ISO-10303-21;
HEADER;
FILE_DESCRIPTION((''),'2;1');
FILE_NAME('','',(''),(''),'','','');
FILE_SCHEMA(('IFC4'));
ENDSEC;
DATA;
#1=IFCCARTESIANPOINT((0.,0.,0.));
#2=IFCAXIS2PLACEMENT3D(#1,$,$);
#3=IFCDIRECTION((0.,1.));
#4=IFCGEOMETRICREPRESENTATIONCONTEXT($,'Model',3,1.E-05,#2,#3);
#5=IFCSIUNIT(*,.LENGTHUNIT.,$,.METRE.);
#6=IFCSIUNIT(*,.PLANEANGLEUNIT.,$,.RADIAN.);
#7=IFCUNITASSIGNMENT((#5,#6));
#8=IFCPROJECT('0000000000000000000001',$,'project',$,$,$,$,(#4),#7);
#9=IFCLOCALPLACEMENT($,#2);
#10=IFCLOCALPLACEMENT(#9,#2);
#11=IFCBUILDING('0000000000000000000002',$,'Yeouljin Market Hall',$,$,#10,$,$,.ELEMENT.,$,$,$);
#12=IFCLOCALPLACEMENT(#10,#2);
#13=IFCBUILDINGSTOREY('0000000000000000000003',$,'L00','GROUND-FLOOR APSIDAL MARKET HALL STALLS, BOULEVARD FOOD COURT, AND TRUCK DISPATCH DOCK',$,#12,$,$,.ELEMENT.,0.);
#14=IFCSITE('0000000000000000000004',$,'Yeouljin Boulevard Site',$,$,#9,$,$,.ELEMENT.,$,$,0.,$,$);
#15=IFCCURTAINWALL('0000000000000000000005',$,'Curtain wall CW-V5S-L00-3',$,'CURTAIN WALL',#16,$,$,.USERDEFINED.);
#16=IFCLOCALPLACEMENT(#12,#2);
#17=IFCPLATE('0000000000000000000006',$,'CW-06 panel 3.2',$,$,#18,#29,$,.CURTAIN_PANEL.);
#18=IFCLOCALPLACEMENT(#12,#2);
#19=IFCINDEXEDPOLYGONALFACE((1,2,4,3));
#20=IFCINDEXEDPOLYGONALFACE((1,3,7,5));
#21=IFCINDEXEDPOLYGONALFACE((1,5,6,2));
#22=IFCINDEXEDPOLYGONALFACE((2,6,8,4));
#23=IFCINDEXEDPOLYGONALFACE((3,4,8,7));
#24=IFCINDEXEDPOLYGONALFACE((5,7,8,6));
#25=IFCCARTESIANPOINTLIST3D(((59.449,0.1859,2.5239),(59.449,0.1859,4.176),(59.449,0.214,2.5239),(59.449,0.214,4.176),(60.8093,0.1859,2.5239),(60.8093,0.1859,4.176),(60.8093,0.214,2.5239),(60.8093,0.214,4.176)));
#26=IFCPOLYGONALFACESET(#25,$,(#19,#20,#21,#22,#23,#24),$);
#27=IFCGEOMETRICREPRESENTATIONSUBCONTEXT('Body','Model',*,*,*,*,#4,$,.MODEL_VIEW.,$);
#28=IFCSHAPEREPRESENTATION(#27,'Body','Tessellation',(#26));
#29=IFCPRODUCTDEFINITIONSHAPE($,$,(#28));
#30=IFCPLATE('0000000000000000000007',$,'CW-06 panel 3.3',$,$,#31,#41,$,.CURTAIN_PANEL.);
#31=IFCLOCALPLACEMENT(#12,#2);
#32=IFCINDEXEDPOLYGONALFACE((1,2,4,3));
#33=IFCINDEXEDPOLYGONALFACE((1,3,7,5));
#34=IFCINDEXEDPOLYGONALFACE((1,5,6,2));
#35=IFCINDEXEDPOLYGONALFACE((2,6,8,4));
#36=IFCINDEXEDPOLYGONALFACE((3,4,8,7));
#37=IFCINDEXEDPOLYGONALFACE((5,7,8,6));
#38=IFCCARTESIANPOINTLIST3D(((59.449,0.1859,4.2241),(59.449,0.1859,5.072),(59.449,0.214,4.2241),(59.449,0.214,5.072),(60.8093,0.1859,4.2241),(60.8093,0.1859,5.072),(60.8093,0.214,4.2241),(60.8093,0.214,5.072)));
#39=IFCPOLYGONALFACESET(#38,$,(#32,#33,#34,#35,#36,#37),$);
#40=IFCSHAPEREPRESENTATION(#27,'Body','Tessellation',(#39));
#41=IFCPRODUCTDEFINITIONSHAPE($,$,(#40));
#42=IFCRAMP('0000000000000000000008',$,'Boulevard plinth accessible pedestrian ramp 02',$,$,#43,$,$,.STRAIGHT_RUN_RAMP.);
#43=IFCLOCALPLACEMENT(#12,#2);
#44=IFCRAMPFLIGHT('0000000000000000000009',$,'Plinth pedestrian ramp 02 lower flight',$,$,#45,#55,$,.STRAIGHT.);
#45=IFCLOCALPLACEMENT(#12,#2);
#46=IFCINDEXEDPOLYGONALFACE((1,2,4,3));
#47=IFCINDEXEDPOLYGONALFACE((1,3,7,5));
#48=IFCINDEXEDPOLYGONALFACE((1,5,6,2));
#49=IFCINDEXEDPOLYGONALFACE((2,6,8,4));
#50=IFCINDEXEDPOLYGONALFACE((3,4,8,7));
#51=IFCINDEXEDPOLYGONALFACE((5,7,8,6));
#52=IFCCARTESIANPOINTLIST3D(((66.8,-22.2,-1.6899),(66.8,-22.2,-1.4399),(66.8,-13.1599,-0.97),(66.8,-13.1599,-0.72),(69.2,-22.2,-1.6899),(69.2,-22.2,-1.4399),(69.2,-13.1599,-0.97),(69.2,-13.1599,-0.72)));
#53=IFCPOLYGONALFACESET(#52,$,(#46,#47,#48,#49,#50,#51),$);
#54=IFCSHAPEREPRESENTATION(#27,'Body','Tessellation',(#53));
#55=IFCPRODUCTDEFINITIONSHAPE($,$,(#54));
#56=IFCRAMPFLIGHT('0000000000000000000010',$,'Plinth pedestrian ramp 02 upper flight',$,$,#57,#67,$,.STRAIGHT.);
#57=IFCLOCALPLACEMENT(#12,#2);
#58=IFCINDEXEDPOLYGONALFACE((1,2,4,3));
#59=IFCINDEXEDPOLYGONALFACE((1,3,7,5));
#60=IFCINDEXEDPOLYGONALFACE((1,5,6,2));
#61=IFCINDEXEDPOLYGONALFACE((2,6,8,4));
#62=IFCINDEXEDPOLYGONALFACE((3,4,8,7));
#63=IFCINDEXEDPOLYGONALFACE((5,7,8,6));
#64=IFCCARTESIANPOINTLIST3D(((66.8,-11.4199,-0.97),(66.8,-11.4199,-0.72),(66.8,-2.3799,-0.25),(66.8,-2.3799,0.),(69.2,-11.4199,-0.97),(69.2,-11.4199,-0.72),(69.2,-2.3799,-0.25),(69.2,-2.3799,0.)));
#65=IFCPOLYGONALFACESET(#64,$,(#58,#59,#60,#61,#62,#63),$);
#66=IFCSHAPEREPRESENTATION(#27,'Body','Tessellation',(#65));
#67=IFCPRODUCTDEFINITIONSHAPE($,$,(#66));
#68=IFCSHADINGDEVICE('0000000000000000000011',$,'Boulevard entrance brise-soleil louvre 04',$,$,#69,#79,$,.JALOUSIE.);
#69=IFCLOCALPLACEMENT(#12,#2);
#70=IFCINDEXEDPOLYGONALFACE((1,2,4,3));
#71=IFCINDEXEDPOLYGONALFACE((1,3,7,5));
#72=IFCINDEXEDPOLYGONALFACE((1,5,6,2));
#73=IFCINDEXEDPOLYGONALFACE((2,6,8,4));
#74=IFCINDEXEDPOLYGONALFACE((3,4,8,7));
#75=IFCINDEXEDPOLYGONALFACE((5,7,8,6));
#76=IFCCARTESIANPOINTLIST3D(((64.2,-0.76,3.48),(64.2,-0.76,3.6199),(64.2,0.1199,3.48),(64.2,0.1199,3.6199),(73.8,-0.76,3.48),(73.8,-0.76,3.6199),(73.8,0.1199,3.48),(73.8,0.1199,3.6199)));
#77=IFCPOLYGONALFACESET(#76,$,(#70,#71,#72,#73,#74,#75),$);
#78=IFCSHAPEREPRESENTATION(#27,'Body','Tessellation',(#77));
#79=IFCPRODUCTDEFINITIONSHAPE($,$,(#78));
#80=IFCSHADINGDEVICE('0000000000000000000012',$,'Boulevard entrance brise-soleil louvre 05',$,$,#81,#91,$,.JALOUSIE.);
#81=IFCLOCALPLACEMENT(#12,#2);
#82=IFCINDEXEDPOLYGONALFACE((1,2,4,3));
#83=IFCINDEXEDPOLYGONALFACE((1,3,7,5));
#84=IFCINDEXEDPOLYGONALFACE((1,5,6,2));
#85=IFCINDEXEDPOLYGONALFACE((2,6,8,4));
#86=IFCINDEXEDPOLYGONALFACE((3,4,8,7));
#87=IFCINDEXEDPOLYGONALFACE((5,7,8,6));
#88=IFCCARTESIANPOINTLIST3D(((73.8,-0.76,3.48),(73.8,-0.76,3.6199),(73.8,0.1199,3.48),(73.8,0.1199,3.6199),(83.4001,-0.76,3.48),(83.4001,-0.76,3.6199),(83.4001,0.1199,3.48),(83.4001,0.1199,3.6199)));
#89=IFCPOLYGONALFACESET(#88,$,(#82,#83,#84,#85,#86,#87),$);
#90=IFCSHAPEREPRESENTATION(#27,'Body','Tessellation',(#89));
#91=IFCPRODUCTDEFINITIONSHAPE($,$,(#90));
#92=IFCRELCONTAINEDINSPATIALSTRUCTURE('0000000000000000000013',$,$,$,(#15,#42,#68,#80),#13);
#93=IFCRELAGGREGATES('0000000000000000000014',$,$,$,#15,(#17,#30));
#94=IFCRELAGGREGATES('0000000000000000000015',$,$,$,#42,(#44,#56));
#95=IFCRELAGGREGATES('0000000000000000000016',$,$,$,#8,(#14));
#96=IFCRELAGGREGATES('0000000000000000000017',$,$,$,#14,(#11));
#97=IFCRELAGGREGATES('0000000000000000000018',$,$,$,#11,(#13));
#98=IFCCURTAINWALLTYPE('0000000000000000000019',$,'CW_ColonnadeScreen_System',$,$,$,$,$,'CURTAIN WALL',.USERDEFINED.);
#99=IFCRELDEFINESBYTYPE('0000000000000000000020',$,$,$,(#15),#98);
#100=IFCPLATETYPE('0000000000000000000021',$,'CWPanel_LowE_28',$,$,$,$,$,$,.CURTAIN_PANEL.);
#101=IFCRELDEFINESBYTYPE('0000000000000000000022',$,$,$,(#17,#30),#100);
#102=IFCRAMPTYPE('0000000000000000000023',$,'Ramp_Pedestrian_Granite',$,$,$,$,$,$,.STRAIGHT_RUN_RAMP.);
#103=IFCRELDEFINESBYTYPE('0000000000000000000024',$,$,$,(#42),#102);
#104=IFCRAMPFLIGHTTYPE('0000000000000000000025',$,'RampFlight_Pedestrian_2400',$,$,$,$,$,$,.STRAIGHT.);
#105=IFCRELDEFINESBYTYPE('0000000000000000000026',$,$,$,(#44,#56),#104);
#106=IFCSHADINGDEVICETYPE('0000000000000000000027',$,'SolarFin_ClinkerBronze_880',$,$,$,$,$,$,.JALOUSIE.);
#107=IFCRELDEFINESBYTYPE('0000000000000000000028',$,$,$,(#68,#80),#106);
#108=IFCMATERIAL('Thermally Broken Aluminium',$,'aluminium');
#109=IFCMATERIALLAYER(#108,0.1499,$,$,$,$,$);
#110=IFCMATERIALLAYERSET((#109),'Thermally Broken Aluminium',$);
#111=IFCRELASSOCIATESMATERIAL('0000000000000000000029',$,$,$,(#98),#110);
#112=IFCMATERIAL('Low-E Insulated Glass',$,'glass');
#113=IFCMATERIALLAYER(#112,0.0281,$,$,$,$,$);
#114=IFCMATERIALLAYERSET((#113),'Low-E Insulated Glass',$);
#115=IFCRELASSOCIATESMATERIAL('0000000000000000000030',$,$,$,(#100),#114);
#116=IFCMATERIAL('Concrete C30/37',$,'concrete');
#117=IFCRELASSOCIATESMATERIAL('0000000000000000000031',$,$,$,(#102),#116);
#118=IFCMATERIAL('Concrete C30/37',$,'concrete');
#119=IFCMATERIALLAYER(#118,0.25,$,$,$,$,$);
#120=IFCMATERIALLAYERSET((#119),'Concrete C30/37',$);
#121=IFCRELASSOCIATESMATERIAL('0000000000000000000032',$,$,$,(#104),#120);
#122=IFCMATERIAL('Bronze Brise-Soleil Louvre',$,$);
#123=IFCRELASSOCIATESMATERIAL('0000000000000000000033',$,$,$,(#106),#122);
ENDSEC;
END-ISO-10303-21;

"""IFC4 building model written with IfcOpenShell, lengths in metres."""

from ifc_helpers import new_model, si_unit, direction, frame, origin, origin_2d, place, context, subcontext, project, spatial, polyline, rectangle, outline, extrude, material, layer, layer_set, type_object, element, aggregate, save


model = new_model("IFC4")

# Units and contexts
model_context = context("Model", 3, precision=1e-05, world=origin(), true_north=direction((0.0, 1.0)))
body_context = subcontext(model_context, "Body", "Model", "MODEL_VIEW")
ifc_project = project(units=[si_unit("LENGTHUNIT", "METRE"), si_unit("PLANEANGLEUNIT", "RADIAN")], contexts=[model_context])

# Site, building, storey
site_placement = place(None, origin())
site = spatial("IfcSite", under=ifc_project, at=site_placement, Name="Yeouljin Boulevard Site", CompositionType="ELEMENT", RefElevation=0.0)
building_placement = place(site_placement, origin())
building = spatial("IfcBuilding", under=site, at=building_placement, Name="Yeouljin Market Hall", CompositionType="ELEMENT")
storey_placement = place(building_placement, origin())
storey = spatial("IfcBuildingStorey", under=building, at=storey_placement, Name="L00", Description="GROUND-FLOOR APSIDAL MARKET HALL STALLS, BOULEVARD FOOD COURT, AND TRUCK DISPATCH DOCK", CompositionType="ELEMENT", Elevation=0.0)

# Curtain wall, plates
ifc_material_1 = material(Name="Thermally Broken Aluminium", Category="aluminium")
ifc_layer_1 = layer(ifc_material_1, 0.1499)
ifc_layer_set_1 = layer_set([ifc_layer_1], Name="Thermally Broken Aluminium")
curtain_wall_type = type_object("IfcCurtainWallType", Name="CW_ColonnadeScreen_System", ElementType="CURTAIN WALL", PredefinedType="USERDEFINED", material=ifc_layer_set_1)
curtain_wall_placement = place(storey_placement, origin())
curtain_wall = element("IfcCurtainWall", 1, at=curtain_wall_placement, inside=storey, type_object=curtain_wall_type, Name="Curtain wall CW-V5S-L00-3", ObjectType="CURTAIN WALL", PredefinedType="USERDEFINED")
ifc_material_2 = material(Name="Low-E Insulated Glass", Category="glass")
ifc_layer_2 = layer(ifc_material_2, 0.0281)
ifc_layer_set_2 = layer_set([ifc_layer_2], Name="Low-E Insulated Glass")
plate_type = type_object("IfcPlateType", Name="CWPanel_LowE_28", PredefinedType="CURTAIN_PANEL", material=ifc_layer_set_2)
plate_1_placement = place(storey_placement, frame((60.1292, 0.2, 2.5239), z_axis=(0.0, 0.0, 1.0), x_axis=(-1.0, 0.0, 0.0)))
plate_1 = element("IfcPlate", 2, at=plate_1_placement, type_object=plate_type, Name="CW-06 panel 3.2", PredefinedType="CURTAIN_PANEL", context=body_context, shape_type="SweptSolid", body=[
    extrude(rectangle(XDim=1.3604, YDim=0.0281, at=origin_2d()), origin(), (0.0, 0.0, 1.0), 1.6521),
])
plate_2_placement = place(storey_placement, frame((60.1292, 0.2, 4.2241), z_axis=(0.0, 0.0, 1.0), x_axis=(-1.0, 0.0, 0.0)))
plate_2 = element("IfcPlate", 3, at=plate_2_placement, type_object=plate_type, Name="CW-06 panel 3.3", PredefinedType="CURTAIN_PANEL", context=body_context, shape_type="SweptSolid", body=[
    extrude(rectangle(XDim=1.3604, YDim=0.0281, at=origin_2d()), origin(), (0.0, 0.0, 1.0), 0.8479),
])
aggregate(curtain_wall, [plate_1, plate_2])

# Ramp, ramp flights
ifc_material_3 = material(Name="Concrete C30/37", Category="concrete")
ramp_type = type_object("IfcRampType", Name="Ramp_Pedestrian_Granite", PredefinedType="STRAIGHT_RUN_RAMP", material=ifc_material_3)
ramp_placement = place(storey_placement, origin())
ramp = element("IfcRamp", 4, at=ramp_placement, inside=storey, type_object=ramp_type, Name="Boulevard plinth accessible pedestrian ramp 02", PredefinedType="STRAIGHT_RUN_RAMP")
ifc_material_4 = material(Name="Concrete C30/37", Category="concrete")
ifc_layer_3 = layer(ifc_material_4, 0.25)
ifc_layer_set_3 = layer_set([ifc_layer_3], Name="Concrete C30/37")
ramp_flight_type = type_object("IfcRampFlightType", Name="RampFlight_Pedestrian_2400", PredefinedType="STRAIGHT", material=ifc_layer_set_3)
ramp_flight_1_placement = place(storey_placement, frame((68.0, -22.2, -1.4399), z_axis=(0.0, 0.0, 1.0), x_axis=(0.0, 1.0, 0.0)))
ramp_flight_1 = element("IfcRampFlight", 5, at=ramp_flight_1_placement, type_object=ramp_flight_type, Name="Plinth pedestrian ramp 02 lower flight", PredefinedType="STRAIGHT", context=body_context, shape_type="SweptSolid", body=[
    extrude(outline(polyline([(0.0, 0.0), (9.04, 0.72), (9.04, 0.47), (0.0, -0.25), (0.0, 0.0)])), frame((0.0, 1.2, 0.0), z_axis=(0.0, -1.0, 0.0), x_axis=(1.0, 0.0, 0.0)), (0.0, 0.0, 1.0), 2.3999),
])
ramp_flight_2_placement = place(storey_placement, frame((68.0, -11.4199, -0.72), z_axis=(0.0, 0.0, 1.0), x_axis=(0.0, 1.0, 0.0)))
ramp_flight_2 = element("IfcRampFlight", 6, at=ramp_flight_2_placement, type_object=ramp_flight_type, Name="Plinth pedestrian ramp 02 upper flight", PredefinedType="STRAIGHT", context=body_context, shape_type="SweptSolid", body=[
    extrude(outline(polyline([(0.0, 0.0), (9.04, 0.72), (9.04, 0.47), (0.0, -0.25), (0.0, 0.0)])), frame((0.0, 1.2, 0.0), z_axis=(0.0, -1.0, 0.0), x_axis=(1.0, 0.0, 0.0)), (0.0, 0.0, 1.0), 2.3999),
])
aggregate(ramp, [ramp_flight_1, ramp_flight_2])

# Shading devices
ifc_material_5 = material(Name="Bronze Brise-Soleil Louvre")
shading_device_type = type_object("IfcShadingDeviceType", Name="SolarFin_ClinkerBronze_880", PredefinedType="JALOUSIE", material=ifc_material_5)
for number, where, z_axis, x_axis, name in (
    (7, (69.0, -0.3201, 3.48), (0.0, 0.0, 1.0), (1.0, 0.0, 0.0), "Boulevard entrance brise-soleil louvre 04"),
    (8, (78.6001, -0.3201, 3.48), (0.0, 0.0, 1.0), (1.0, 0.0, 0.0), "Boulevard entrance brise-soleil louvre 05"),
):
    element("IfcShadingDevice", number, at=place(storey_placement, frame(where, z_axis=z_axis, x_axis=x_axis)), inside=storey, type_object=shading_device_type, Name=name, PredefinedType="JALOUSIE", context=body_context, shape_type="SweptSolid", body=[
        extrude(rectangle(XDim=9.6001, YDim=0.8799, at=origin_2d()), origin(), (0.0, 0.0, 1.0), 0.1399),
    ])

save(model, "model.ifc")
